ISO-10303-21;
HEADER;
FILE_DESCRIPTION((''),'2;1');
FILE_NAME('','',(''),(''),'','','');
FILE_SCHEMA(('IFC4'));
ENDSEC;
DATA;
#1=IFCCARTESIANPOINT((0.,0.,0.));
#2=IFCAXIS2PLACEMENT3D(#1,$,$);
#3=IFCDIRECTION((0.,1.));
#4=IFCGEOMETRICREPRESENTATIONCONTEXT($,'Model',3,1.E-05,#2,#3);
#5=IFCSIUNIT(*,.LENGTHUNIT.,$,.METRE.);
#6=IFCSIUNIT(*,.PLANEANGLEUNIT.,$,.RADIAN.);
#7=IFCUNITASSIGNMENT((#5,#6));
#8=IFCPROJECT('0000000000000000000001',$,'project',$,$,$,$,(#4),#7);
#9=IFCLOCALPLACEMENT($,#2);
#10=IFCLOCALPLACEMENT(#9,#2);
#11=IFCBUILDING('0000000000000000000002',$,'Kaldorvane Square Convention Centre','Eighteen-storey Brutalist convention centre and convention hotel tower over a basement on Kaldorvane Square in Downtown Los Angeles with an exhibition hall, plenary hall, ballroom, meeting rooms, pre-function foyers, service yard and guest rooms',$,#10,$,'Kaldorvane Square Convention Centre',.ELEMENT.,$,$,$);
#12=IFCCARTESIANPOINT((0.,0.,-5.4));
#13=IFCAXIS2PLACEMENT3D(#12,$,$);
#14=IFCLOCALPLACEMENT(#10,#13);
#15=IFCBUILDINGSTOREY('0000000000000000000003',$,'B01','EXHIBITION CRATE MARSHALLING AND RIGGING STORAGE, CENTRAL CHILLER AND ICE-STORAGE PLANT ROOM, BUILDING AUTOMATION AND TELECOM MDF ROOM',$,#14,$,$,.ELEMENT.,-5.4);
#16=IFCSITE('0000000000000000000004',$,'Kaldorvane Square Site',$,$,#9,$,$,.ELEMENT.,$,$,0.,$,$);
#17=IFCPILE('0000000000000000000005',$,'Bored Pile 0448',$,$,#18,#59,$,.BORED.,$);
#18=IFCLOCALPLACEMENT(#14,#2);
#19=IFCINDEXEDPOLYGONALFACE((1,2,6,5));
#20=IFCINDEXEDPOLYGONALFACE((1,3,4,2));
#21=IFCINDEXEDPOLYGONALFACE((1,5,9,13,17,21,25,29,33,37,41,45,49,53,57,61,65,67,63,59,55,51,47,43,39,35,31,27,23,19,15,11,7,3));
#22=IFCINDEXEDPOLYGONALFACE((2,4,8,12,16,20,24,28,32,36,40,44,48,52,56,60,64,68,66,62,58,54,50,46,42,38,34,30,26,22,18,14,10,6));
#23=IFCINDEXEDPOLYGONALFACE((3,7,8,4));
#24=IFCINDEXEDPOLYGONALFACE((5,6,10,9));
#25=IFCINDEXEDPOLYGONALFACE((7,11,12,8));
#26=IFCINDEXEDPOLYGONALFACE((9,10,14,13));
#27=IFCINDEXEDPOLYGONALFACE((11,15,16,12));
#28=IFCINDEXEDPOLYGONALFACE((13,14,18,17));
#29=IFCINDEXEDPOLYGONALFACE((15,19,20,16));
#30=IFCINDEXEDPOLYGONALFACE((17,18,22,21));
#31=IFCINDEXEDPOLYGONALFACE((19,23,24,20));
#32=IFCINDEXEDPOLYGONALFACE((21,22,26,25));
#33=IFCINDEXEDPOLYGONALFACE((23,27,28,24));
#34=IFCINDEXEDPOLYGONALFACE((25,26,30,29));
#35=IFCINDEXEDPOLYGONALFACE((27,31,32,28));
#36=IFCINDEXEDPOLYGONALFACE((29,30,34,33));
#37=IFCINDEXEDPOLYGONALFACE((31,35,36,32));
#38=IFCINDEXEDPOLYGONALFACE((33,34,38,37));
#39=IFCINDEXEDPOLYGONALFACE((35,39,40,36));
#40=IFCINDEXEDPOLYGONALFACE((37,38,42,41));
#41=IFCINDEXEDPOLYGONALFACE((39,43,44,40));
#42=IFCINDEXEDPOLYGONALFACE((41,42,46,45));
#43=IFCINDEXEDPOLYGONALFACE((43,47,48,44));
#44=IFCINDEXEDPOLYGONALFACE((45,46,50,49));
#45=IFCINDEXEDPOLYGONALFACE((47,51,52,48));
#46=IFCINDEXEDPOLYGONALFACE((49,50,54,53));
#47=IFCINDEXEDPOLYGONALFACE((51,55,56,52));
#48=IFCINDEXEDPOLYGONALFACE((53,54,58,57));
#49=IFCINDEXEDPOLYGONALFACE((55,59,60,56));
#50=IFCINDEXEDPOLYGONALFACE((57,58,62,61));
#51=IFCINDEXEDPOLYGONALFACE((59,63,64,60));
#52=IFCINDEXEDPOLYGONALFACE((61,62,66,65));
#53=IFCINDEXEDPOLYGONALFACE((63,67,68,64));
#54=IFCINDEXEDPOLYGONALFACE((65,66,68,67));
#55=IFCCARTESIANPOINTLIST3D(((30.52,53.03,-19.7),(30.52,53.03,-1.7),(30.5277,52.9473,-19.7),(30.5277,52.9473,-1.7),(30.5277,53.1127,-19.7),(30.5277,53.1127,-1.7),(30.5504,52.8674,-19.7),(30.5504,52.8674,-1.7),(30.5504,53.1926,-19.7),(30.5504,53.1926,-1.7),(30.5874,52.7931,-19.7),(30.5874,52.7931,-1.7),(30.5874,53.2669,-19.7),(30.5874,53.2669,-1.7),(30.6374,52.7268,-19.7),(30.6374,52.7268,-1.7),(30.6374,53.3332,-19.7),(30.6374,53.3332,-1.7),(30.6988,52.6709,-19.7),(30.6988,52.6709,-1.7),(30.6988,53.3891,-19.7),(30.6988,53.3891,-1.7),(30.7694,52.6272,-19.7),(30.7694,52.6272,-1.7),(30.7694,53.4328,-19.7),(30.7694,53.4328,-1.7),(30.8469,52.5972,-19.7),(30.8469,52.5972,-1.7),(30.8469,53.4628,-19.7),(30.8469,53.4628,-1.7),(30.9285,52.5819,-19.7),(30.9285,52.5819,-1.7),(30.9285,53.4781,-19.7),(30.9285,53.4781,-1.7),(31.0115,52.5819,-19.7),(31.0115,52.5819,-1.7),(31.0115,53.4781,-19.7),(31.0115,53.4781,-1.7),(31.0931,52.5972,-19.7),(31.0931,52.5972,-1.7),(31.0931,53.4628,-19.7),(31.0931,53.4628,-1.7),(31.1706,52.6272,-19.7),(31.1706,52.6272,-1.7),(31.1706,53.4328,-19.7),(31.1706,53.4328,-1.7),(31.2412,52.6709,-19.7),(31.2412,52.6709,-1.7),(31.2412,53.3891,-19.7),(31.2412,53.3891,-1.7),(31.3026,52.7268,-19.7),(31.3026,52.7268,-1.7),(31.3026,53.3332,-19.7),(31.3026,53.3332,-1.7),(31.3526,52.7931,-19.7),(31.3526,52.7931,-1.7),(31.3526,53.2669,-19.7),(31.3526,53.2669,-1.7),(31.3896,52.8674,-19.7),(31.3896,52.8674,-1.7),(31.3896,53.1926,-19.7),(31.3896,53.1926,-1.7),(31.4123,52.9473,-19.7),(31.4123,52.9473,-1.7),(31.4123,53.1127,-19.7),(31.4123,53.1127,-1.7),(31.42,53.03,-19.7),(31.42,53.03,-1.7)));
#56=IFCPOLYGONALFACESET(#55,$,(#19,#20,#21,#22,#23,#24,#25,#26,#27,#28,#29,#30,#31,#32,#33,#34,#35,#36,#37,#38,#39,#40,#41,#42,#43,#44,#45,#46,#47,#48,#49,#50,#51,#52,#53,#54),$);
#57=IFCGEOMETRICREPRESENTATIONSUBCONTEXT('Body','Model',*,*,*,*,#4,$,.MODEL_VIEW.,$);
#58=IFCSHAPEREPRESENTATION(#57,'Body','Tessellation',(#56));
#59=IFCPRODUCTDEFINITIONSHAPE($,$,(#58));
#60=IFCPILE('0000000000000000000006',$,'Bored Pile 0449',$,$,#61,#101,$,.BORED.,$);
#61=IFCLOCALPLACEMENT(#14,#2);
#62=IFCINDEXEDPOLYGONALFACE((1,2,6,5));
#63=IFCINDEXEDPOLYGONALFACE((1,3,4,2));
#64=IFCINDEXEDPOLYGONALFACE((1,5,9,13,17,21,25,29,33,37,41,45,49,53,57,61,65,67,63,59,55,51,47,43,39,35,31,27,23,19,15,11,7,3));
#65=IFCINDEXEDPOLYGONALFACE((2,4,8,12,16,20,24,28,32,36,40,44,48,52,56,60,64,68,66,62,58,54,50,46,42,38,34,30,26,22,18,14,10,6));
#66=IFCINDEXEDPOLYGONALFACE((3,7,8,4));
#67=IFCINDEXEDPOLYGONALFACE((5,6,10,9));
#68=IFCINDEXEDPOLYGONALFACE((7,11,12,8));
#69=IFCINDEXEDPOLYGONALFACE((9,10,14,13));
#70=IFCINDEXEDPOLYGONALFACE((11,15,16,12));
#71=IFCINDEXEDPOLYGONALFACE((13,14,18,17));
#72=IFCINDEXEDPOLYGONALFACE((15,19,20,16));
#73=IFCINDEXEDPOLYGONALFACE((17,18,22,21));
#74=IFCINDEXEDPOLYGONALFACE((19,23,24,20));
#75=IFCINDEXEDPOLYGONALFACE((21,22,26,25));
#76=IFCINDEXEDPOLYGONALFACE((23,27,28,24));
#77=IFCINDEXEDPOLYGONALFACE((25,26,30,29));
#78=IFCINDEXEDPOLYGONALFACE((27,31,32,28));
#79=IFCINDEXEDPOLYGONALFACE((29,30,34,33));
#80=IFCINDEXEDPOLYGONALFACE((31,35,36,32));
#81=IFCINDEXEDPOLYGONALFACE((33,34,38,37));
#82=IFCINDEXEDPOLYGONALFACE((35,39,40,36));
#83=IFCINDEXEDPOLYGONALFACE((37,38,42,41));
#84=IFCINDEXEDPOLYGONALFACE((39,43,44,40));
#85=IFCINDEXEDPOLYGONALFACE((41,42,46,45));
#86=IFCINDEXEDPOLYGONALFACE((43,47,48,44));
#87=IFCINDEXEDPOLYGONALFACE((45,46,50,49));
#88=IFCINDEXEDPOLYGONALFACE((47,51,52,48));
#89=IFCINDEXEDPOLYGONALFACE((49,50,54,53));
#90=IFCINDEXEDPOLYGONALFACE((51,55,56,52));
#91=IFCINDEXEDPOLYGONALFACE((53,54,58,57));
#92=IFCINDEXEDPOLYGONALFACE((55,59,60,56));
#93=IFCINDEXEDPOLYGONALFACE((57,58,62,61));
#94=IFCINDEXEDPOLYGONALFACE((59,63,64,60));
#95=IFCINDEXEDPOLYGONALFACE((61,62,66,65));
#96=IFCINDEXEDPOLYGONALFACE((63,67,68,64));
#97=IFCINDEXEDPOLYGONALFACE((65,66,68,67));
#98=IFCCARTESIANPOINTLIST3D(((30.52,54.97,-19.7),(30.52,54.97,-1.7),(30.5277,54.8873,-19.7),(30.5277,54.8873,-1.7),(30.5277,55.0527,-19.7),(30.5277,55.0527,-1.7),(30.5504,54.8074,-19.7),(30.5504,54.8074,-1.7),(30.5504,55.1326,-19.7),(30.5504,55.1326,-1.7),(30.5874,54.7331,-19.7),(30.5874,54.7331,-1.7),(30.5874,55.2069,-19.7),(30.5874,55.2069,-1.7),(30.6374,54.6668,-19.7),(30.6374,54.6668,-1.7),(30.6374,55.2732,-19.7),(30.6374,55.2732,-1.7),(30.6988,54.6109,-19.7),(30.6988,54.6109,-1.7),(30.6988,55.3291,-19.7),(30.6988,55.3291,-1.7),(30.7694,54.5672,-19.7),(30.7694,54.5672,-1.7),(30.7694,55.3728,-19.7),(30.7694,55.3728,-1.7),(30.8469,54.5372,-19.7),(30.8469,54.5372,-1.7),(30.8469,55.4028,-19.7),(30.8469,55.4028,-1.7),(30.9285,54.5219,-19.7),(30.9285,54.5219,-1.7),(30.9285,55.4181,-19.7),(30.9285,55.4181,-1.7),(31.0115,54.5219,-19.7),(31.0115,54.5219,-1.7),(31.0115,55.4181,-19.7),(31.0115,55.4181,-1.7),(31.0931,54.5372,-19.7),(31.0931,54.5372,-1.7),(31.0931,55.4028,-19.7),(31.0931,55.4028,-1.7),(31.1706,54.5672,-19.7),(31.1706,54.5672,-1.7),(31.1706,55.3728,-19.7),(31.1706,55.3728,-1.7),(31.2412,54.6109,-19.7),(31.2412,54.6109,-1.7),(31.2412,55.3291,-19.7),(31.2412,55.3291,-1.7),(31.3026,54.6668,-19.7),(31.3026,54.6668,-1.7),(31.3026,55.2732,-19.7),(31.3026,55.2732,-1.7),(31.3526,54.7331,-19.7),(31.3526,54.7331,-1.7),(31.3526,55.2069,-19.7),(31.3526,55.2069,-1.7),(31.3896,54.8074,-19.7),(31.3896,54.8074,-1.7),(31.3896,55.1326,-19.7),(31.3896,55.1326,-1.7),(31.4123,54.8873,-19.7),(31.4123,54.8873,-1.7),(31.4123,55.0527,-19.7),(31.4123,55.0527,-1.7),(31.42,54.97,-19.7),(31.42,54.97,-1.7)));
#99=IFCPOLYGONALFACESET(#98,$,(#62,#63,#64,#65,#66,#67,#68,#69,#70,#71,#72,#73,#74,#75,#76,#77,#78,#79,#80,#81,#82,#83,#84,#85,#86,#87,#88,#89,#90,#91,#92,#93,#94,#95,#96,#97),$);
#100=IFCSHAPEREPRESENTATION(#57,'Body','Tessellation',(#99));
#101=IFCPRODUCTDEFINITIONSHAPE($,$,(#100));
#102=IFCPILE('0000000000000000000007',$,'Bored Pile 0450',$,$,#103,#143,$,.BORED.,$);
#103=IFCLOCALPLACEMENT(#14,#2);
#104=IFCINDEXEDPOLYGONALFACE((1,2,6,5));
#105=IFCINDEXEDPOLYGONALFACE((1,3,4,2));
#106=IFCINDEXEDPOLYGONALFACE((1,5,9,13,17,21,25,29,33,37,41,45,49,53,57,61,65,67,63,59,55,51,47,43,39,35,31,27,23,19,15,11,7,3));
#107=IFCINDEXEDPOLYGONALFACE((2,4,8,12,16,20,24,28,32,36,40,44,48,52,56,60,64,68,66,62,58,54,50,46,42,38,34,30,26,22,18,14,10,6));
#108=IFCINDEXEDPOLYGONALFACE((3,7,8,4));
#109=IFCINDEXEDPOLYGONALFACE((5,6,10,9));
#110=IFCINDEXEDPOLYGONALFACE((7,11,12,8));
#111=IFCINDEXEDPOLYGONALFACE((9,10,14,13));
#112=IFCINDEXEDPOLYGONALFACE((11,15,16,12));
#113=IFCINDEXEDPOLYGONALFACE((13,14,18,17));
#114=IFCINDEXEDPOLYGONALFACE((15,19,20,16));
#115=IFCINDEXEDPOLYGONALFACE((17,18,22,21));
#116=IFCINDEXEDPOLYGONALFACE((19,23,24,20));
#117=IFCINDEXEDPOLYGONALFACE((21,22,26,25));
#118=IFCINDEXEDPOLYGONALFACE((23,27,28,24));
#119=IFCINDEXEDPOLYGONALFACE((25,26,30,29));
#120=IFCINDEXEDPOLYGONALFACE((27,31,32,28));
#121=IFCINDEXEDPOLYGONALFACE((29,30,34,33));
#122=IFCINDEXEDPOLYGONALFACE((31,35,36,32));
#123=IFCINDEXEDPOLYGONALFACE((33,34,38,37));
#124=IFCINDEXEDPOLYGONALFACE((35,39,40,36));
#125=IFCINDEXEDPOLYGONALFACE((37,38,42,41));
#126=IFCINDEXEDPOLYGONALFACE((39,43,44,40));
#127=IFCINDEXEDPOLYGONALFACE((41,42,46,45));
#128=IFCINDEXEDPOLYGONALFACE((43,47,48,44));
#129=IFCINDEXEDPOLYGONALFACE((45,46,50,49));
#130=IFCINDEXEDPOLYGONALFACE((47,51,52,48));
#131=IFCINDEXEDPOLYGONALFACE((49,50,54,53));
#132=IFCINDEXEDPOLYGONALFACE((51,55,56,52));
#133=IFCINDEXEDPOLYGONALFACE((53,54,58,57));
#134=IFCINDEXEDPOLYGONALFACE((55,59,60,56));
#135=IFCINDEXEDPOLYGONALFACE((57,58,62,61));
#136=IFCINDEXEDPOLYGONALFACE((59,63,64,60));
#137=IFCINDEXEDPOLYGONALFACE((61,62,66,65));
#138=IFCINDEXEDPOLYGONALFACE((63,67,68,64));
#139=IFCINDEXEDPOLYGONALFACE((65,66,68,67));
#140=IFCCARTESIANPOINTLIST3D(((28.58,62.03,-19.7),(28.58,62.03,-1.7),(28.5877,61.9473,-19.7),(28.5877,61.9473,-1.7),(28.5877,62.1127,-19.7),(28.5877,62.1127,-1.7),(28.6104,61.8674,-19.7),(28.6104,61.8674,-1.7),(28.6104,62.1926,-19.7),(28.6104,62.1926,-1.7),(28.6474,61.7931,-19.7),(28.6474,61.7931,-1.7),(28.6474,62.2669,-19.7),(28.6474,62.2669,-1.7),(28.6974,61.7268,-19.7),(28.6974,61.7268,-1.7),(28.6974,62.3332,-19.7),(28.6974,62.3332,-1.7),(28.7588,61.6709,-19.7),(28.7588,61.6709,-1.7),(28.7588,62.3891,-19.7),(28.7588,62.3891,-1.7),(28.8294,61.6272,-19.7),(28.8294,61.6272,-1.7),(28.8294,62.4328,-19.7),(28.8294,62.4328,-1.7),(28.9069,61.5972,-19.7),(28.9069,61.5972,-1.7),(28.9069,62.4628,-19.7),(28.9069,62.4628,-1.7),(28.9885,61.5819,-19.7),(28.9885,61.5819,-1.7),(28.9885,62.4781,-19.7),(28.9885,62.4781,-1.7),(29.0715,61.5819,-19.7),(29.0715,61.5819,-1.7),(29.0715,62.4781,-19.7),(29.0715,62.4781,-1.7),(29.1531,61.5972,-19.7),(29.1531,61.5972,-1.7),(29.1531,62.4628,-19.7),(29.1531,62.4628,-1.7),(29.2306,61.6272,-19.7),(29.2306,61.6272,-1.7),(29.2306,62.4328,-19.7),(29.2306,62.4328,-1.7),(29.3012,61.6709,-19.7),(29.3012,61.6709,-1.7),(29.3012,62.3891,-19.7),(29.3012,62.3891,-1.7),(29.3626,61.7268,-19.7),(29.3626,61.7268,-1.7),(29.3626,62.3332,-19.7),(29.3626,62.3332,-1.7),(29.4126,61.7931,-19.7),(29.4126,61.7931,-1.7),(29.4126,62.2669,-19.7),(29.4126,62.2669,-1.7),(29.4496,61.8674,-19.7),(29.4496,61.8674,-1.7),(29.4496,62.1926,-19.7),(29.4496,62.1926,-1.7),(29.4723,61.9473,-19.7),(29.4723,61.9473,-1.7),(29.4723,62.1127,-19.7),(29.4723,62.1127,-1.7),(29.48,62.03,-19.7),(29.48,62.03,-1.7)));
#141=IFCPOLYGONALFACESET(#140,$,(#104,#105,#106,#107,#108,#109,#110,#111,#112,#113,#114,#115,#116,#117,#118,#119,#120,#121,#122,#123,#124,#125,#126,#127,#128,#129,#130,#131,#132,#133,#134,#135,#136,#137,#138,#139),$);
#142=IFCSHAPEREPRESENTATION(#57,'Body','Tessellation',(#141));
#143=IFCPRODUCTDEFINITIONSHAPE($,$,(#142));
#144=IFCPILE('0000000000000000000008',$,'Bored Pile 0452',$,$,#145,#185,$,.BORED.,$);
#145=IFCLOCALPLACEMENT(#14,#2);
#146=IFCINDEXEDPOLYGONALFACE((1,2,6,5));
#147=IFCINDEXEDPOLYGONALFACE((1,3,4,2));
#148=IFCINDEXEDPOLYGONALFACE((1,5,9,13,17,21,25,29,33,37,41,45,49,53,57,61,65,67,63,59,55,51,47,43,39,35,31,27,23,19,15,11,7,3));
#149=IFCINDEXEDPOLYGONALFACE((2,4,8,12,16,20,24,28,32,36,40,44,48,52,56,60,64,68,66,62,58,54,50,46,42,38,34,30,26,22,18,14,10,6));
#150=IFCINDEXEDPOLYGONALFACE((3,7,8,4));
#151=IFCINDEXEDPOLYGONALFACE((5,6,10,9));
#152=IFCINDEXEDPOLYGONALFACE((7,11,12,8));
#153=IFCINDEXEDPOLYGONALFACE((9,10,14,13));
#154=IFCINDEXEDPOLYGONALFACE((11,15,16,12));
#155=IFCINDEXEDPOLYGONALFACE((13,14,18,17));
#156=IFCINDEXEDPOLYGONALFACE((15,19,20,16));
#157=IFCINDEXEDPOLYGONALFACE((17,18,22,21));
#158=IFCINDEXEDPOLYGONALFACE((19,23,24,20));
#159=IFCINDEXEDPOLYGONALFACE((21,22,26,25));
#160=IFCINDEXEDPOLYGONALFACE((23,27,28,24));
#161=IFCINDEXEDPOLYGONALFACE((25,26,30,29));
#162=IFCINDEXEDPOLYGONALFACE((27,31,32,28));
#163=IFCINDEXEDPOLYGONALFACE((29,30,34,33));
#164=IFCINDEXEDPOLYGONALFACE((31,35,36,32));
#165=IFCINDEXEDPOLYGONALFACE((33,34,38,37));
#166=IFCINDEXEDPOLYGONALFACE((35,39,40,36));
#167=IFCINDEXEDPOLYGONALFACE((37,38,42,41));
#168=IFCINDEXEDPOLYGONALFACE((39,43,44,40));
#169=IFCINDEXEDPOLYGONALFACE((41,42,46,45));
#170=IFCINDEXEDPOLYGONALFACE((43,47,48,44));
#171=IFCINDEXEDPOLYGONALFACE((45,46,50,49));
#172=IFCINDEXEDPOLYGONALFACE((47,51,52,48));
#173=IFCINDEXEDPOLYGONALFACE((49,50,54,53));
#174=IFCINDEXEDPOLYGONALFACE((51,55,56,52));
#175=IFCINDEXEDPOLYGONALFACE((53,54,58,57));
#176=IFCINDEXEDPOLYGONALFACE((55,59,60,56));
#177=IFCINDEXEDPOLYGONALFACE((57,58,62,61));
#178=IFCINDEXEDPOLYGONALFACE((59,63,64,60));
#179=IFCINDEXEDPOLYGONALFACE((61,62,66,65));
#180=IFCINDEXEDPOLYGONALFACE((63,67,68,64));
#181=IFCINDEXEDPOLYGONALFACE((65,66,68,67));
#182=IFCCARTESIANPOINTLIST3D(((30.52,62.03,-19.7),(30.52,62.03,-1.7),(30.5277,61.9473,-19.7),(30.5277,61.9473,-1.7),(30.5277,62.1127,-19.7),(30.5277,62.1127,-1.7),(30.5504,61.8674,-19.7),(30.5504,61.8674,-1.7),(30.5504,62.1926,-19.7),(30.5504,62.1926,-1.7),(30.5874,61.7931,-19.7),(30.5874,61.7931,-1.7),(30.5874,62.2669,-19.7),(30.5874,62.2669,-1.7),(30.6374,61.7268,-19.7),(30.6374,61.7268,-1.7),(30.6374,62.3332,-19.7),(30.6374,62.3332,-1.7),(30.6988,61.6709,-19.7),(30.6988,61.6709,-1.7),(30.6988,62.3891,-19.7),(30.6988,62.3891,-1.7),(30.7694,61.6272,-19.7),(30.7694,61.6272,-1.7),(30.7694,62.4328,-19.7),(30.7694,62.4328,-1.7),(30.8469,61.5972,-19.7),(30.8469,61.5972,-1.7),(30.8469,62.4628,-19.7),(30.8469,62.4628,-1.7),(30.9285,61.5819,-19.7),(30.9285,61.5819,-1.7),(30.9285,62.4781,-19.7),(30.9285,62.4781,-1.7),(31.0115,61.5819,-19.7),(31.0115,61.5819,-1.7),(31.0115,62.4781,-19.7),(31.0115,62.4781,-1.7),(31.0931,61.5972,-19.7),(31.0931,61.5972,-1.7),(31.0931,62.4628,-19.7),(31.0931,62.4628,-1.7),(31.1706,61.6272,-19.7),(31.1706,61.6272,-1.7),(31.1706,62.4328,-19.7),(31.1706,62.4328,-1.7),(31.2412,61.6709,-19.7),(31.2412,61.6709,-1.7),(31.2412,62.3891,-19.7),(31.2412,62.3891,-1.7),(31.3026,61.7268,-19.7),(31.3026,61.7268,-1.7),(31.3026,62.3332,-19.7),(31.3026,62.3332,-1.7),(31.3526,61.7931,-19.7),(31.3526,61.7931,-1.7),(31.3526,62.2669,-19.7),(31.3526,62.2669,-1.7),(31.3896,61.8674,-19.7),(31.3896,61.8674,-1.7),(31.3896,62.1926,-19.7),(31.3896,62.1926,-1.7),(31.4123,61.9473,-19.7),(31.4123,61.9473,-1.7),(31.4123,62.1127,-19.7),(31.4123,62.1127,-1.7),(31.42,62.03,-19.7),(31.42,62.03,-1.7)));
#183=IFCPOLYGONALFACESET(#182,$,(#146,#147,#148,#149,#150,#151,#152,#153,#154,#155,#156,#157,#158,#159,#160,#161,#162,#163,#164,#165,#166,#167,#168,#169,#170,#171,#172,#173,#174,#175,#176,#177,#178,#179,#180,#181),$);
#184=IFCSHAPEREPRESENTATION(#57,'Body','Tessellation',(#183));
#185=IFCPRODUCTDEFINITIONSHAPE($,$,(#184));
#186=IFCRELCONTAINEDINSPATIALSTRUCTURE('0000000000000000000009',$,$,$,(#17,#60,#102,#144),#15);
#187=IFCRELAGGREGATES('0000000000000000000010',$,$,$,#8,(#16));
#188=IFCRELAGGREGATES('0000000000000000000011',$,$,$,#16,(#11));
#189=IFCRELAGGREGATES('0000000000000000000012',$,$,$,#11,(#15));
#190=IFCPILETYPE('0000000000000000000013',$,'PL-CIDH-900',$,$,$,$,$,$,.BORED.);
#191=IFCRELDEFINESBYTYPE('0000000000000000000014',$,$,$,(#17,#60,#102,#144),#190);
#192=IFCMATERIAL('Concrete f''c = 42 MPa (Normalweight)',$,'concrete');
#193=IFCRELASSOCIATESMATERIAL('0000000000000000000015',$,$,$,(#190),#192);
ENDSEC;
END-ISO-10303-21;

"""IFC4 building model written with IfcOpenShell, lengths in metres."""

from ifc_helpers import new_model, si_unit, direction, frame, origin, origin_2d, place, context, subcontext, project, spatial, circle, extrude, material, material_profile, profile_set, type_object, element, save


model = new_model("IFC4")

# Units and contexts
model_context = context("Model", 3, precision=1e-05, world=origin(), true_north=direction((0.0, 1.0)))
body_context = subcontext(model_context, "Body", "Model", "MODEL_VIEW")
ifc_project = project(units=[si_unit("LENGTHUNIT", "METRE"), si_unit("PLANEANGLEUNIT", "RADIAN")], contexts=[model_context])

# Site, building, storey
site_placement = place(None, origin())
site = spatial("IfcSite", under=ifc_project, at=site_placement, Name="Kaldorvane Square Site", CompositionType="ELEMENT", RefElevation=0.0)
building_placement = place(site_placement, origin())
building = spatial("IfcBuilding", under=site, at=building_placement, Name="Kaldorvane Square Convention Centre", Description="Eighteen-storey Brutalist convention centre and convention hotel tower over a basement on Kaldorvane Square in Downtown Los Angeles with an exhibition hall, plenary hall, ballroom, meeting rooms, pre-function foyers, service yard and guest rooms", LongName="Kaldorvane Square Convention Centre", CompositionType="ELEMENT")
storey_placement = place(building_placement, frame((0.0, 0.0, -5.4)))
storey = spatial("IfcBuildingStorey", under=building, at=storey_placement, Name="B01", Description="EXHIBITION CRATE MARSHALLING AND RIGGING STORAGE, CENTRAL CHILLER AND ICE-STORAGE PLANT ROOM, BUILDING AUTOMATION AND TELECOM MDF ROOM", CompositionType="ELEMENT", Elevation=-5.4)

# Shared definitions
ifc_material_1 = material(Name="Concrete f'c = 42 MPa (Normalweight)", Category="concrete")

# Piles
ifc_material_profile_1 = material_profile(ifc_material_1, circle(Radius=0.45, at=origin_2d()), Name="PILE-D900")
ifc_profile_set_1 = profile_set([ifc_material_profile_1], Name="Concrete f'c = 42 MPa (Normalweight)")
pile_type_1 = type_object("IfcPileType", Name="PL-CIDH-900", PredefinedType="BORED", material=ifc_profile_set_1)
for number, where, z_axis, x_axis, name in (
    (1, (30.97, 53.03, -1.7), (0.0, 0.0, -1.0), (1.0, 0.0, 0.0), "Bored Pile 0448"),
    (2, (30.97, 54.97, -1.7), (0.0, 0.0, -1.0), (1.0, 0.0, 0.0), "Bored Pile 0449"),
    (3, (29.03, 62.03, -1.7), (0.0, 0.0, -1.0), (1.0, 0.0, 0.0), "Bored Pile 0450"),
    (4, (30.97, 62.03, -1.7), (0.0, 0.0, -1.0), (1.0, 0.0, 0.0), "Bored Pile 0452"),
):
    element("IfcPile", number, at=place(storey_placement, frame(where, z_axis=z_axis, x_axis=x_axis)), inside=storey, type_object=pile_type_1, Name=name, PredefinedType="BORED", context=body_context, shape_type="SweptSolid", body=[
        extrude(circle(Radius=0.45, at=origin_2d()), origin(), (0.0, 0.0, 1.0), 18.0),
    ])

save(model, "model.ifc")
